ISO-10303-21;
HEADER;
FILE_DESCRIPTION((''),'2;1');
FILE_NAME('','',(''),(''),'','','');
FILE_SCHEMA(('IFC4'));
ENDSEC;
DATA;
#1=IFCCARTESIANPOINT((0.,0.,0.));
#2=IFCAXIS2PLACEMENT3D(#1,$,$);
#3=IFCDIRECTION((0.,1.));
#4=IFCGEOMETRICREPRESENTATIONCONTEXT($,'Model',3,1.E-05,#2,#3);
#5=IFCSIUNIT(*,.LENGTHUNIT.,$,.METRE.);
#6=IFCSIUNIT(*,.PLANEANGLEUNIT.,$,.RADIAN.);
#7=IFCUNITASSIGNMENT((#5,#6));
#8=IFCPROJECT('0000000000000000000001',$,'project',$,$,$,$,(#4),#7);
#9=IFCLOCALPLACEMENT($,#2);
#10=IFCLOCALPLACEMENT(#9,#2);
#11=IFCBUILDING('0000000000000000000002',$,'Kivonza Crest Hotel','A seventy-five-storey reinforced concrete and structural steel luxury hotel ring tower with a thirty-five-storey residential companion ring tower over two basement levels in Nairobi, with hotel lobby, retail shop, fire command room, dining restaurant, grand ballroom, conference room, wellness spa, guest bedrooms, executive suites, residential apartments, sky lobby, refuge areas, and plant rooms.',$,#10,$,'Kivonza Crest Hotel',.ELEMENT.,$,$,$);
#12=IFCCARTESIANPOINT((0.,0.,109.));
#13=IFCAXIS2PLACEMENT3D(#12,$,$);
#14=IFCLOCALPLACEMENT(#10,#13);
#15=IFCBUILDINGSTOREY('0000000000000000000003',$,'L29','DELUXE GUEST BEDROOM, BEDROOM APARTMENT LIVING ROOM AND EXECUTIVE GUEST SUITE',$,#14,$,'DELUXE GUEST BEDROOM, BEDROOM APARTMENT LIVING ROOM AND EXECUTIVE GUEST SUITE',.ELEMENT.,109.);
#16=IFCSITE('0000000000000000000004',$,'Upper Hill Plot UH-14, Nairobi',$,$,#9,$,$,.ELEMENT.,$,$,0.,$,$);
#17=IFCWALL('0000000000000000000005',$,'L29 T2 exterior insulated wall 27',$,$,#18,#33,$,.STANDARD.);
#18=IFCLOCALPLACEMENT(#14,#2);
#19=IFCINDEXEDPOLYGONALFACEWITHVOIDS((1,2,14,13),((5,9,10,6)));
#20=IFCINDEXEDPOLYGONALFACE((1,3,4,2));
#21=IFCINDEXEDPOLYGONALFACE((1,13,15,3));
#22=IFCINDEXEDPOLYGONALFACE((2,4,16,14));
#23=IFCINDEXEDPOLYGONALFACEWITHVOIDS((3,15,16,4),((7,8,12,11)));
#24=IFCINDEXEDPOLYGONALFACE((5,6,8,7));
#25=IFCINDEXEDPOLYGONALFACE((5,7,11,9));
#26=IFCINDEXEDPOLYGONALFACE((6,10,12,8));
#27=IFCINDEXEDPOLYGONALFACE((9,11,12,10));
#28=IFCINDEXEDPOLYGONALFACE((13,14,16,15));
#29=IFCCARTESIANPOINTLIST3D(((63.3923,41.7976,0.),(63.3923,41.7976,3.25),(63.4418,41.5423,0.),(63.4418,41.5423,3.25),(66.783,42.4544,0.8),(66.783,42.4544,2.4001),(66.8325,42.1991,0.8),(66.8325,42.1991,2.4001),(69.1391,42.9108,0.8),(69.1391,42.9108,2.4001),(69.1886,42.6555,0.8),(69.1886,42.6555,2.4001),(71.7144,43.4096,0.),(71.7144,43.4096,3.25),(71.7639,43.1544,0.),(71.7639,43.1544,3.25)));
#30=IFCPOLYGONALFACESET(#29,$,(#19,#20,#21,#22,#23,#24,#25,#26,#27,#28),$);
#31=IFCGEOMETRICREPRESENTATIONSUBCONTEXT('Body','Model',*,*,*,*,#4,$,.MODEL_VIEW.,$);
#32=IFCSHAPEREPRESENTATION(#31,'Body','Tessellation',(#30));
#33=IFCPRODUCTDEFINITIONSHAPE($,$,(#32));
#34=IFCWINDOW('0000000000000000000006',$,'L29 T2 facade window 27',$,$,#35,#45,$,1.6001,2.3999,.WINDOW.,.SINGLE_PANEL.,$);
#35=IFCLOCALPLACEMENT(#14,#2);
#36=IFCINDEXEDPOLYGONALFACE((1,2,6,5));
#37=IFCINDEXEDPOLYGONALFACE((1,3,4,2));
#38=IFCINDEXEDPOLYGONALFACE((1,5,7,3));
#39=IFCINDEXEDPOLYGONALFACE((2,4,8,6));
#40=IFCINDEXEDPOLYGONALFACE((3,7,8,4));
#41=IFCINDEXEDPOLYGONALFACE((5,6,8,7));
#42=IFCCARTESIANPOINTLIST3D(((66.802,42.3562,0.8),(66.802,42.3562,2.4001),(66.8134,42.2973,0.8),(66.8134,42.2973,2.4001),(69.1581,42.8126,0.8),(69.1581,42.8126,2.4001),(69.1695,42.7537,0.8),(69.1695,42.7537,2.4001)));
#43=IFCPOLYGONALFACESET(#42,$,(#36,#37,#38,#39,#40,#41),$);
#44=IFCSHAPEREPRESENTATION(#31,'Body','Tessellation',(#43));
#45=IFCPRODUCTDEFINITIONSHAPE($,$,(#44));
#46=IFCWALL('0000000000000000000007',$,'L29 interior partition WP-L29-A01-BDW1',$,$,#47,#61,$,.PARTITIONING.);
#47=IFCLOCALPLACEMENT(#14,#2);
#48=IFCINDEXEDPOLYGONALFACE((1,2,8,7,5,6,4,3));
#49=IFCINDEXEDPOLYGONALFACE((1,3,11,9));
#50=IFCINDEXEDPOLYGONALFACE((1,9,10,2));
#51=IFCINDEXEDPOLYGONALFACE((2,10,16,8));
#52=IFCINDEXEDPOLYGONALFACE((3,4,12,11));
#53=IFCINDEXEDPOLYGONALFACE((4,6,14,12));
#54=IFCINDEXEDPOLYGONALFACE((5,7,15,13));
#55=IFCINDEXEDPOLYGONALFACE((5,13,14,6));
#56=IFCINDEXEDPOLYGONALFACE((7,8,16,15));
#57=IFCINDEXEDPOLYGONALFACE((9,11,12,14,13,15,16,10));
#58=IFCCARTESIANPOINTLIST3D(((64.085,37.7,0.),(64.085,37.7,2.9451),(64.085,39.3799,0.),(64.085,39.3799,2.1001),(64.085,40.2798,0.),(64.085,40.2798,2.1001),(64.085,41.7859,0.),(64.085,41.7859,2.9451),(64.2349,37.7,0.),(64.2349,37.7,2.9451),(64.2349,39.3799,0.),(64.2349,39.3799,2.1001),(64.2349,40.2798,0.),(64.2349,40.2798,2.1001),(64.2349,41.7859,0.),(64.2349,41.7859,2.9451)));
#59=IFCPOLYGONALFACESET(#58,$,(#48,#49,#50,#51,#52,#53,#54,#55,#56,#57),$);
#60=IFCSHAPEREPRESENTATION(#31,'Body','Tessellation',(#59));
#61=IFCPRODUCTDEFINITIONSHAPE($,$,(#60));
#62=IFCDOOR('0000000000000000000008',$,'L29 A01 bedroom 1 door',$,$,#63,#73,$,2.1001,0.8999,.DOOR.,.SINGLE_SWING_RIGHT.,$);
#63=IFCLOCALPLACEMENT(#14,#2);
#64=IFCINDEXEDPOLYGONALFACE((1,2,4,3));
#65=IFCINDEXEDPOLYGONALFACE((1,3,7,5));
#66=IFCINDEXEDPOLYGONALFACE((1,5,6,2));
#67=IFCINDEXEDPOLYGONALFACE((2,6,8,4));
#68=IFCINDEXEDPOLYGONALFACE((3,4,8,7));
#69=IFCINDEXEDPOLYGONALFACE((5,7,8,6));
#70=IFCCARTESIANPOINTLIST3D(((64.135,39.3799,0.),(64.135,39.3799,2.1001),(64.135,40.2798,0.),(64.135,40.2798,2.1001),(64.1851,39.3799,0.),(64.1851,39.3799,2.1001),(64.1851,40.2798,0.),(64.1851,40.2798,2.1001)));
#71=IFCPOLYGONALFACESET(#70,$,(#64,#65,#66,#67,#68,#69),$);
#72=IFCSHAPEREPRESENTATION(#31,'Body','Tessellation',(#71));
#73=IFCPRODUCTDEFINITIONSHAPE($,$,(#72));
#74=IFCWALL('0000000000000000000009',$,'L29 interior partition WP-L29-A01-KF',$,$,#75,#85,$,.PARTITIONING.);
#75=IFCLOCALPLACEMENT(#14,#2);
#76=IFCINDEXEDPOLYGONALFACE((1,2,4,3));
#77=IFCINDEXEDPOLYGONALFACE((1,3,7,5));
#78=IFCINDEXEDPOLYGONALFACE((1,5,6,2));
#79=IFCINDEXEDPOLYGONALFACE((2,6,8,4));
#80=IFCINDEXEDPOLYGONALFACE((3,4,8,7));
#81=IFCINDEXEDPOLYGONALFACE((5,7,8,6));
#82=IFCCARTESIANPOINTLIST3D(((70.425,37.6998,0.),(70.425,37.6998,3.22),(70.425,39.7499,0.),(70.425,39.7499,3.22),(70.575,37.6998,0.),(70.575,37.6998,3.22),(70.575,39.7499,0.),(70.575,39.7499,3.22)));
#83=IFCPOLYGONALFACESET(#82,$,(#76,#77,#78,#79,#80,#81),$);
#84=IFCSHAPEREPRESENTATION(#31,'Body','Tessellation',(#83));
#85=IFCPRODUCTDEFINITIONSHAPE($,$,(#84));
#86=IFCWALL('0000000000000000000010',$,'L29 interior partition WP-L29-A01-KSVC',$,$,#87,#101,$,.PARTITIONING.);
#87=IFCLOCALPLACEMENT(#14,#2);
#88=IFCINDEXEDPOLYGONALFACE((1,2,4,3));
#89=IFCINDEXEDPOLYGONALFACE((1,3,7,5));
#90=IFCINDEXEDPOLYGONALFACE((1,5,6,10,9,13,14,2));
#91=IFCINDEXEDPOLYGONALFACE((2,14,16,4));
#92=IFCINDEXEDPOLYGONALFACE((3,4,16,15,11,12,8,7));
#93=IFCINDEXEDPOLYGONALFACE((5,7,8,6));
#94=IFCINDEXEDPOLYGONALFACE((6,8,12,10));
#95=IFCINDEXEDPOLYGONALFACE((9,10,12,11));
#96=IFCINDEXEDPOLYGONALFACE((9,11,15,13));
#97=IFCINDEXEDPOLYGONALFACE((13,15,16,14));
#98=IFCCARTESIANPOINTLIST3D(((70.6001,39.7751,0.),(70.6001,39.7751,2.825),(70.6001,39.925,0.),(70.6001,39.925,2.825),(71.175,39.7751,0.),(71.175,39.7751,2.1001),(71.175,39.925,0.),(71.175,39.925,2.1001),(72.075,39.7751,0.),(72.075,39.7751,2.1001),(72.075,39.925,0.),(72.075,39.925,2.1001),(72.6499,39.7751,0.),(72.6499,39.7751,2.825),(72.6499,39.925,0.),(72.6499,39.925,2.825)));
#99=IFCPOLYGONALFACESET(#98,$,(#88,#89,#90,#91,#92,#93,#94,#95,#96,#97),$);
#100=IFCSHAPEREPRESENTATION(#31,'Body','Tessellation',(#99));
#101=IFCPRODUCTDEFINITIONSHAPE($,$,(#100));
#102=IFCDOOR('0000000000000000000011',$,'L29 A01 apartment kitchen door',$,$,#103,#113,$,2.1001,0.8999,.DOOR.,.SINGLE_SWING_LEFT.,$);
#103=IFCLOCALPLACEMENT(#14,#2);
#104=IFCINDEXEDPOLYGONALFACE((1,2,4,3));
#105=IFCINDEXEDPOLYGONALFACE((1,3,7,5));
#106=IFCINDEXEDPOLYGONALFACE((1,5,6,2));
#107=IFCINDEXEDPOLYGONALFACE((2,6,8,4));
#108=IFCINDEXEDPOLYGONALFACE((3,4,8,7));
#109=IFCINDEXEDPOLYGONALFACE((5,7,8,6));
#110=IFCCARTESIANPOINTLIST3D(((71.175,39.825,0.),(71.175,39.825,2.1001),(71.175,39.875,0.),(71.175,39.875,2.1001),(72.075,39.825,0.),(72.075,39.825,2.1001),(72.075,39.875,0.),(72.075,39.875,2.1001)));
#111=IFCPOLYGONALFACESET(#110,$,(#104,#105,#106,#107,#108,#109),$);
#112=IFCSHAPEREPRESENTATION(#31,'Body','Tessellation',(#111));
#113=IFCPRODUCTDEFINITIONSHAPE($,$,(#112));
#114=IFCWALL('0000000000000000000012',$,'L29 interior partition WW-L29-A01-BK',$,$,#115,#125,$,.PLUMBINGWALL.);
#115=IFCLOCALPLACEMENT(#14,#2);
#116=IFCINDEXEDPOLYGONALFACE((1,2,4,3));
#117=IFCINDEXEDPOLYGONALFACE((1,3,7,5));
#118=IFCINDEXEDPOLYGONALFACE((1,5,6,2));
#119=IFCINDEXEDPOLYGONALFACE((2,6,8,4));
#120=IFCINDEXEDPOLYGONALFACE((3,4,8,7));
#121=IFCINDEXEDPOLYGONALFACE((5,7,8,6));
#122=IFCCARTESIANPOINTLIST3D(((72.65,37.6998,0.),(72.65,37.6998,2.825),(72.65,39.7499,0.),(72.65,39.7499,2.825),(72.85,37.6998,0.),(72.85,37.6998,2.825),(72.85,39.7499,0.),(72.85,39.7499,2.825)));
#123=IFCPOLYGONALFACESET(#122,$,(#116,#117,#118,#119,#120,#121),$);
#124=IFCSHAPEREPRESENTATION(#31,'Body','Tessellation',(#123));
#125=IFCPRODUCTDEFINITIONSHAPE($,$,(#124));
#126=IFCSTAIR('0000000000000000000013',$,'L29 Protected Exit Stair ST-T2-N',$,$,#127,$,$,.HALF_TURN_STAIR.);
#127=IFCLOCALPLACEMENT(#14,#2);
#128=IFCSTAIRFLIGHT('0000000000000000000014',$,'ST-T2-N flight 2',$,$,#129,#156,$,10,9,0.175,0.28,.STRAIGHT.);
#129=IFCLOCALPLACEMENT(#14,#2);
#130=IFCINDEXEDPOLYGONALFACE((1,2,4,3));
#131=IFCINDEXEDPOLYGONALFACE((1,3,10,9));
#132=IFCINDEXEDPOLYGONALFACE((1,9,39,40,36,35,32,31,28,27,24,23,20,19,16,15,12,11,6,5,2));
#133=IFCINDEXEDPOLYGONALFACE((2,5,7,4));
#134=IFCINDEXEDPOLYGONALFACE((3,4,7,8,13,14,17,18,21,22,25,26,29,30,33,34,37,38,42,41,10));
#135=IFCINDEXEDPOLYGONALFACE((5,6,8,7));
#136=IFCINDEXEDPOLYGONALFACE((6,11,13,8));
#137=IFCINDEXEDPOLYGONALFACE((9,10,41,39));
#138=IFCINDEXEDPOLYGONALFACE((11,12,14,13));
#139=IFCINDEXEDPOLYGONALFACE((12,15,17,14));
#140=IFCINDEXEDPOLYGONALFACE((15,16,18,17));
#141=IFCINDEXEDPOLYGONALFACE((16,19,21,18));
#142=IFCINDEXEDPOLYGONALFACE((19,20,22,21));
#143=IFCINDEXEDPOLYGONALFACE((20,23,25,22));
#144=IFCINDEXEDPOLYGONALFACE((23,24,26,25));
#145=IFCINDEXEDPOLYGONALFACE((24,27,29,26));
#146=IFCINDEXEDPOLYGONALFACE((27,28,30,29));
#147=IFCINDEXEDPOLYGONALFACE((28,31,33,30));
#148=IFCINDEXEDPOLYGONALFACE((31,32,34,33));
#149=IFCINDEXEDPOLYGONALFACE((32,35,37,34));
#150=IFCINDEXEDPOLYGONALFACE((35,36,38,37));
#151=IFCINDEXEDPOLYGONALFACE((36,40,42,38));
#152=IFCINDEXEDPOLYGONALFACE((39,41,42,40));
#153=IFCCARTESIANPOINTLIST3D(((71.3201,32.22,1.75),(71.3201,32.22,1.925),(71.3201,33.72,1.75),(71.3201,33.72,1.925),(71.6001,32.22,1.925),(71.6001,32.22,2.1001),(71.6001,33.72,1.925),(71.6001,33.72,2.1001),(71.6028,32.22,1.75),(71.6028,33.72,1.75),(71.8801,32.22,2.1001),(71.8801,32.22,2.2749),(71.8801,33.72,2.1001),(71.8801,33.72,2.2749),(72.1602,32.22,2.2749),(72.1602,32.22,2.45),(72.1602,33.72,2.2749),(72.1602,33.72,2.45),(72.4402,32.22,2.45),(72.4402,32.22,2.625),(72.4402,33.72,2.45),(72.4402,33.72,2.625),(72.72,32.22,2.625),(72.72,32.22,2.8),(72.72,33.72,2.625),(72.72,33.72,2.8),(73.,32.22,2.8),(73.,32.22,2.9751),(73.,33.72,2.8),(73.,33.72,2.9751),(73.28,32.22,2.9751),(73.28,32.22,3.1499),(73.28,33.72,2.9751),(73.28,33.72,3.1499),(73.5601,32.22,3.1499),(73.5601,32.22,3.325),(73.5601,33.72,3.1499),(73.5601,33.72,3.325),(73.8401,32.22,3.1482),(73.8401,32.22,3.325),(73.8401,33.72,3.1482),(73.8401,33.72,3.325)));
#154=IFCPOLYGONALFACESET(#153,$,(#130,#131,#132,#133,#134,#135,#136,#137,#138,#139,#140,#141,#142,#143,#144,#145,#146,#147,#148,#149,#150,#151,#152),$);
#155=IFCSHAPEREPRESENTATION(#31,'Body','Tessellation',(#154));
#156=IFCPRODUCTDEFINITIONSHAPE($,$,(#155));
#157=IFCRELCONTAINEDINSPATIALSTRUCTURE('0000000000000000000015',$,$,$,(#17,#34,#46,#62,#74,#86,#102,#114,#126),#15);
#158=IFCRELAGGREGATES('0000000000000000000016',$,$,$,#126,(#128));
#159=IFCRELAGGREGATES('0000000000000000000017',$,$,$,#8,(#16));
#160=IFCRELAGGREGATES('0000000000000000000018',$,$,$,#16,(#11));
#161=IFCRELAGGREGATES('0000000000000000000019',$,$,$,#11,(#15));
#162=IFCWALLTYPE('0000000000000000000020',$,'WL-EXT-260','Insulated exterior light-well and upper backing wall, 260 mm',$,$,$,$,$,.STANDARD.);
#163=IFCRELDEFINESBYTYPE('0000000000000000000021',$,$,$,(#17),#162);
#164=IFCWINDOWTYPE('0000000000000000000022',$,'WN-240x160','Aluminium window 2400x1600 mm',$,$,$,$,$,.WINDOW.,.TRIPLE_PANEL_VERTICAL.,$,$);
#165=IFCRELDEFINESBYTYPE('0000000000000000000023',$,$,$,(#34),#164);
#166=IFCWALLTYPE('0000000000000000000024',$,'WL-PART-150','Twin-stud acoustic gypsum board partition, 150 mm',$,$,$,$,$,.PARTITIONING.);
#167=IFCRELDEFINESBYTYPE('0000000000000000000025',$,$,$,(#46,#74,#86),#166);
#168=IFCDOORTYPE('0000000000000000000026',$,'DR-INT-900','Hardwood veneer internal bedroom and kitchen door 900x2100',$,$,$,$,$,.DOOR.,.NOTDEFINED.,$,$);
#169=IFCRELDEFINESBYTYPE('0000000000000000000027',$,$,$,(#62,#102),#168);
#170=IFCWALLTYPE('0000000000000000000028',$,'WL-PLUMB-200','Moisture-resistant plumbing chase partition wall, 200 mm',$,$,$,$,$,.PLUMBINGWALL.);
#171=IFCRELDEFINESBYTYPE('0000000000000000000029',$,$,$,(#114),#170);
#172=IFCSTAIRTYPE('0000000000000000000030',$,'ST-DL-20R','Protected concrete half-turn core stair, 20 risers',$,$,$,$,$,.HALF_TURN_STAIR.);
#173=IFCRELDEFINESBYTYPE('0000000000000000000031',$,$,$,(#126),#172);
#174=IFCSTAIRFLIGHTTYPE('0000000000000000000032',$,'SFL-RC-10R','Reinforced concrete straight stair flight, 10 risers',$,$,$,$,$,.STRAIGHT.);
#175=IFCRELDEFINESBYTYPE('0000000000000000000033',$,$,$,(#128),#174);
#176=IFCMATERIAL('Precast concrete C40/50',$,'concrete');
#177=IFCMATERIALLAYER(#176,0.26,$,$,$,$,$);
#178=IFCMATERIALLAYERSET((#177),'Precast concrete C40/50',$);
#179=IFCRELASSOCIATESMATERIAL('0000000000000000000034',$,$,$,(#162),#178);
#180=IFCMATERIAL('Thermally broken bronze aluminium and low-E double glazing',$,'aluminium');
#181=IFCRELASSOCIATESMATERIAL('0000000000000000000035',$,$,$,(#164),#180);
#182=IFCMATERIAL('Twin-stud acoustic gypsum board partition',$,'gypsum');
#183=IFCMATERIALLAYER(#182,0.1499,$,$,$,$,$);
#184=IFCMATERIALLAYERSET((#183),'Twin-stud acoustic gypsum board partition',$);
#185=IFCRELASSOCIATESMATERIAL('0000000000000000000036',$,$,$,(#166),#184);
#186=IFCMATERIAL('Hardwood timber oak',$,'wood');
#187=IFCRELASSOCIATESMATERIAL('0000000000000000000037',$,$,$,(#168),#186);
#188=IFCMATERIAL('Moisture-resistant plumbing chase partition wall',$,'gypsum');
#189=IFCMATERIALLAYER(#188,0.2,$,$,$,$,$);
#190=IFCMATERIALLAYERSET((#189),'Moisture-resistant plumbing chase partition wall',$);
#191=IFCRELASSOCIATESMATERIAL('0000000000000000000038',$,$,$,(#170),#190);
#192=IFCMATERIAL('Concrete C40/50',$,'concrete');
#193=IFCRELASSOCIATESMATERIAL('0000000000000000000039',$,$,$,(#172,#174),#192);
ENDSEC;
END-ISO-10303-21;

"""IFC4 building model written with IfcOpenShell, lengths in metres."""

from ifc_helpers import new_model, si_unit, direction, frame, frame_2d, origin, place, context, subcontext, project, spatial, polyline, rectangle, outline, extrude, material, layer, layer_set, type_object, element, fill, aggregate, save


model = new_model("IFC4")

# Units and contexts
model_context = context("Model", 3, precision=1e-05, world=origin(), true_north=direction((0.0, 1.0)))
body_context = subcontext(model_context, "Body", "Model", "MODEL_VIEW")
ifc_project = project(units=[si_unit("LENGTHUNIT", "METRE"), si_unit("PLANEANGLEUNIT", "RADIAN")], contexts=[model_context])

# Site, building, storey
site_placement = place(None, origin())
site = spatial("IfcSite", under=ifc_project, at=site_placement, Name="Upper Hill Plot UH-14, Nairobi", CompositionType="ELEMENT", RefElevation=0.0)
building_placement = place(site_placement, origin())
building = spatial("IfcBuilding", under=site, at=building_placement, Name="Kivonza Crest Hotel", Description="A seventy-five-storey reinforced concrete and structural steel luxury hotel ring tower with a thirty-five-storey residential companion ring tower over two basement levels in Nairobi, with hotel lobby, retail shop, fire command room, dining restaurant, grand ballroom, conference room, wellness spa, guest bedrooms, executive suites, residential apartments, sky lobby, refuge areas, and plant rooms.", LongName="Kivonza Crest Hotel", CompositionType="ELEMENT")
storey_placement = place(building_placement, frame((0.0, 0.0, 109.0)))
storey = spatial("IfcBuildingStorey", under=building, at=storey_placement, Name="L29", Description="DELUXE GUEST BEDROOM, BEDROOM APARTMENT LIVING ROOM AND EXECUTIVE GUEST SUITE", LongName="DELUXE GUEST BEDROOM, BEDROOM APARTMENT LIVING ROOM AND EXECUTIVE GUEST SUITE", CompositionType="ELEMENT", Elevation=109.0)

# Shared definitions
ifc_material_1 = material(Name="Hardwood timber oak", Category="wood")

# Wall, opening, window
ifc_material_2 = material(Name="Precast concrete C40/50", Category="concrete")
ifc_layer_1 = layer(ifc_material_2, 0.26)
ifc_layer_set_1 = layer_set([ifc_layer_1], Name="Precast concrete C40/50")
wall_type_1 = type_object("IfcWallType", Name="WL-EXT-260", Description="Insulated exterior light-well and upper backing wall, 260 mm", PredefinedType="STANDARD", material=ifc_layer_set_1)
wall_1_placement = place(storey_placement, frame((71.739, 43.282, 0.0), z_axis=(0.0, 0.0, 1.0), x_axis=(-0.98175, -0.190175, 0.0)))
wall_1 = element("IfcWall", 1, at=wall_1_placement, inside=storey, type_object=wall_type_1, Name="L29 T2 exterior insulated wall 27", PredefinedType="STANDARD", context=body_context, shape_type="SweptSolid", body=[
    extrude(rectangle(XDim=8.4768, YDim=0.26, at=frame_2d((4.2383, 0.0))), origin(), (0.0, 0.0, 1.0), 3.25),
])
opening_1_placement = place(wall_1_placement, frame((2.623, 0.0, 0.8)))
opening_1 = element("IfcOpeningElement", 2, at=opening_1_placement, cuts=wall_1, PredefinedType="OPENING", context=body_context, shape_type="SweptSolid", body=[
    extrude(rectangle(XDim=2.3999, YDim=1.6001, at=frame_2d((1.2, 0.8))), frame((0.0, 0.1401, 0.0), z_axis=(0.0, -1.0, 0.0), x_axis=(1.0, 0.0, 0.0)), (0.0, 0.0, 1.0), 0.28),
])
ifc_material_3 = material(Name="Thermally broken bronze aluminium and low-E double glazing", Category="aluminium")
window_type = type_object("IfcWindowType", Name="WN-240x160", Description="Aluminium window 2400x1600 mm", PartitioningType="TRIPLE_PANEL_VERTICAL", PredefinedType="WINDOW", material=ifc_material_3)
window_placement = place(opening_1_placement, origin())
window = element("IfcWindow", 3, at=window_placement, inside=storey, type_object=window_type, Name="L29 T2 facade window 27", OverallHeight=1.6001, OverallWidth=2.3999, PartitioningType="SINGLE_PANEL", PredefinedType="WINDOW", context=body_context, shape_type="SweptSolid", body=[
    extrude(rectangle(XDim=2.3999, YDim=1.6001, at=frame_2d((1.2, 0.8))), frame((0.0, 0.03, 0.0), z_axis=(0.0, -1.0, 0.0), x_axis=(1.0, 0.0, 0.0)), (0.0, 0.0, 1.0), 0.0601),
])
fill(opening_1, window)

# Wall, opening, door
ifc_material_4 = material(Name="Twin-stud acoustic gypsum board partition", Category="gypsum")
ifc_layer_2 = layer(ifc_material_4, 0.1499)
ifc_layer_set_2 = layer_set([ifc_layer_2], Name="Twin-stud acoustic gypsum board partition")
wall_type_2 = type_object("IfcWallType", Name="WL-PART-150", Description="Twin-stud acoustic gypsum board partition, 150 mm", PredefinedType="PARTITIONING", material=ifc_layer_set_2)
wall_2_placement = place(storey_placement, frame((64.1599, 37.7, 0.0), z_axis=(0.0, 0.0, 1.0), x_axis=(0.0, 1.0, 0.0)))
wall_2 = element("IfcWall", 4, at=wall_2_placement, inside=storey, type_object=wall_type_2, Name="L29 interior partition WP-L29-A01-BDW1", PredefinedType="PARTITIONING", context=body_context, shape_type="SweptSolid", body=[
    extrude(rectangle(XDim=4.0859, YDim=0.1499, at=frame_2d((2.043, 0.0))), origin(), (0.0, 0.0, 1.0), 2.9451),
])
opening_2_placement = place(wall_2_placement, frame((1.6799, 0.0, 0.0)))
opening_2 = element("IfcOpeningElement", 5, at=opening_2_placement, cuts=wall_2, PredefinedType="OPENING", context=body_context, shape_type="SweptSolid", body=[
    extrude(rectangle(XDim=0.8999, YDim=2.1001, at=frame_2d((0.45, 1.05))), frame((0.0, 0.085, 0.0), z_axis=(0.0, -1.0, 0.0), x_axis=(1.0, 0.0, 0.0)), (0.0, 0.0, 1.0), 0.1699),
])
door_type_1 = type_object("IfcDoorType", Name="DR-INT-900", Description="Hardwood veneer internal bedroom and kitchen door 900x2100", OperationType="NOTDEFINED", PredefinedType="DOOR", material=ifc_material_1)
door_1_placement = place(opening_2_placement, origin())
door_1 = element("IfcDoor", 6, at=door_1_placement, inside=storey, type_object=door_type_1, Name="L29 A01 bedroom 1 door", OperationType="SINGLE_SWING_RIGHT", OverallHeight=2.1001, OverallWidth=0.8999, PredefinedType="DOOR", context=body_context, shape_type="SweptSolid", body=[
    extrude(rectangle(XDim=0.8999, YDim=2.1001, at=frame_2d((0.45, 1.05))), frame((0.0, 0.0249, 0.0), z_axis=(0.0, -1.0, 0.0), x_axis=(1.0, 0.0, 0.0)), (0.0, 0.0, 1.0), 0.05),
])
fill(opening_2, door_1)

# Wall
wall_3_placement = place(storey_placement, frame((70.5, 37.7, 0.0), z_axis=(0.0, 0.0, 1.0), x_axis=(0.0, 1.0, 0.0)))
element("IfcWall", 7, at=wall_3_placement, inside=storey, type_object=wall_type_2, Name="L29 interior partition WP-L29-A01-KF", PredefinedType="PARTITIONING", context=body_context, shape_type="SweptSolid", body=[
    extrude(rectangle(XDim=2.05, YDim=0.1499, at=frame_2d((1.0249, 0.0))), origin(), (0.0, 0.0, 1.0), 3.22),
])

# Wall, opening, door
wall_4_placement = place(storey_placement, frame((70.6001, 39.8501, 0.0), z_axis=(0.0, 0.0, 1.0), x_axis=(1.0, 0.0, 0.0)))
wall_4 = element("IfcWall", 8, at=wall_4_placement, inside=storey, type_object=wall_type_2, Name="L29 interior partition WP-L29-A01-KSVC", PredefinedType="PARTITIONING", context=body_context, shape_type="SweptSolid", body=[
    extrude(rectangle(XDim=2.0498, YDim=0.1499, at=frame_2d((1.0249, 0.0))), origin(), (0.0, 0.0, 1.0), 2.825),
])
opening_3_placement = place(wall_4_placement, frame((0.575, 0.0, 0.0)))
opening_3 = element("IfcOpeningElement", 9, at=opening_3_placement, cuts=wall_4, PredefinedType="OPENING", context=body_context, shape_type="SweptSolid", body=[
    extrude(rectangle(XDim=0.8999, YDim=2.1001, at=frame_2d((0.45, 1.05))), frame((0.0, 0.085, 0.0), z_axis=(0.0, -1.0, 0.0), x_axis=(1.0, 0.0, 0.0)), (0.0, 0.0, 1.0), 0.1699),
])
door_2_placement = place(opening_3_placement, origin())
door_2 = element("IfcDoor", 10, at=door_2_placement, inside=storey, type_object=door_type_1, Name="L29 A01 apartment kitchen door", OperationType="SINGLE_SWING_LEFT", OverallHeight=2.1001, OverallWidth=0.8999, PredefinedType="DOOR", context=body_context, shape_type="SweptSolid", body=[
    extrude(rectangle(XDim=0.8999, YDim=2.1001, at=frame_2d((0.45, 1.05))), frame((0.0, 0.0249, 0.0), z_axis=(0.0, -1.0, 0.0), x_axis=(1.0, 0.0, 0.0)), (0.0, 0.0, 1.0), 0.05),
])
fill(opening_3, door_2)

# Wall
ifc_material_5 = material(Name="Moisture-resistant plumbing chase partition wall", Category="gypsum")
ifc_layer_3 = layer(ifc_material_5, 0.2)
ifc_layer_set_3 = layer_set([ifc_layer_3], Name="Moisture-resistant plumbing chase partition wall")
wall_type_3 = type_object("IfcWallType", Name="WL-PLUMB-200", Description="Moisture-resistant plumbing chase partition wall, 200 mm", PredefinedType="PLUMBINGWALL", material=ifc_layer_set_3)
wall_5_placement = place(storey_placement, frame((72.75, 37.7, 0.0), z_axis=(0.0, 0.0, 1.0), x_axis=(0.0, 1.0, 0.0)))
element("IfcWall", 11, at=wall_5_placement, inside=storey, type_object=wall_type_3, Name="L29 interior partition WW-L29-A01-BK", PredefinedType="PLUMBINGWALL", context=body_context, shape_type="SweptSolid", body=[
    extrude(rectangle(XDim=2.05, YDim=0.2, at=frame_2d((1.0249, 0.0))), origin(), (0.0, 0.0, 1.0), 2.825),
])

# Stair, stair flight
ifc_material_6 = material(Name="Concrete C40/50", Category="concrete")
stair_type = type_object("IfcStairType", Name="ST-DL-20R", Description="Protected concrete half-turn core stair, 20 risers", PredefinedType="HALF_TURN_STAIR", material=ifc_material_6)
stair_placement = place(storey_placement, origin())
stair = element("IfcStair", 12, at=stair_placement, inside=storey, type_object=stair_type, Name="L29 Protected Exit Stair ST-T2-N", PredefinedType="HALF_TURN_STAIR")
stair_flight_type = type_object("IfcStairFlightType", Name="SFL-RC-10R", Description="Reinforced concrete straight stair flight, 10 risers", PredefinedType="STRAIGHT", material=ifc_material_6)
stair_flight_placement = place(storey_placement, frame((71.3201, 32.97, 1.75), z_axis=(0.0, 0.0, 1.0), x_axis=(1.0, 0.0, 0.0)))
stair_flight = element("IfcStairFlight", 13, at=stair_flight_placement, type_object=stair_flight_type, Name="ST-T2-N flight 2", NumberOfRisers=10, NumberOfTreads=9, PredefinedType="STRAIGHT", RiserHeight=0.175, TreadLength=0.28, context=body_context, shape_type="SweptSolid", body=[
    extrude(outline(polyline([(0.0, 0.0), (0.0, 0.175), (0.28, 0.175), (0.28, 0.3501), (0.5601, 0.3501), (0.5601, 0.5249), (0.8401, 0.5249), (0.8401, 0.7), (1.1201, 0.7), (1.1201, 0.875), (1.3999, 0.875), (1.3999, 1.05), (1.6799, 1.05), (1.6799, 1.2251), (1.96, 1.2251), (1.96, 1.3999), (2.24, 1.3999), (2.24, 1.575), (2.52, 1.575), (2.52, 1.75), (2.52, 1.3982), (0.2827, 0.0), (0.0, 0.0)])), frame((0.0, 0.75, 0.0), z_axis=(0.0, -1.0, 0.0), x_axis=(1.0, 0.0, 0.0)), (0.0, 0.0, 1.0), 1.5),
])
aggregate(stair, [stair_flight])

save(model, "model.ifc")
